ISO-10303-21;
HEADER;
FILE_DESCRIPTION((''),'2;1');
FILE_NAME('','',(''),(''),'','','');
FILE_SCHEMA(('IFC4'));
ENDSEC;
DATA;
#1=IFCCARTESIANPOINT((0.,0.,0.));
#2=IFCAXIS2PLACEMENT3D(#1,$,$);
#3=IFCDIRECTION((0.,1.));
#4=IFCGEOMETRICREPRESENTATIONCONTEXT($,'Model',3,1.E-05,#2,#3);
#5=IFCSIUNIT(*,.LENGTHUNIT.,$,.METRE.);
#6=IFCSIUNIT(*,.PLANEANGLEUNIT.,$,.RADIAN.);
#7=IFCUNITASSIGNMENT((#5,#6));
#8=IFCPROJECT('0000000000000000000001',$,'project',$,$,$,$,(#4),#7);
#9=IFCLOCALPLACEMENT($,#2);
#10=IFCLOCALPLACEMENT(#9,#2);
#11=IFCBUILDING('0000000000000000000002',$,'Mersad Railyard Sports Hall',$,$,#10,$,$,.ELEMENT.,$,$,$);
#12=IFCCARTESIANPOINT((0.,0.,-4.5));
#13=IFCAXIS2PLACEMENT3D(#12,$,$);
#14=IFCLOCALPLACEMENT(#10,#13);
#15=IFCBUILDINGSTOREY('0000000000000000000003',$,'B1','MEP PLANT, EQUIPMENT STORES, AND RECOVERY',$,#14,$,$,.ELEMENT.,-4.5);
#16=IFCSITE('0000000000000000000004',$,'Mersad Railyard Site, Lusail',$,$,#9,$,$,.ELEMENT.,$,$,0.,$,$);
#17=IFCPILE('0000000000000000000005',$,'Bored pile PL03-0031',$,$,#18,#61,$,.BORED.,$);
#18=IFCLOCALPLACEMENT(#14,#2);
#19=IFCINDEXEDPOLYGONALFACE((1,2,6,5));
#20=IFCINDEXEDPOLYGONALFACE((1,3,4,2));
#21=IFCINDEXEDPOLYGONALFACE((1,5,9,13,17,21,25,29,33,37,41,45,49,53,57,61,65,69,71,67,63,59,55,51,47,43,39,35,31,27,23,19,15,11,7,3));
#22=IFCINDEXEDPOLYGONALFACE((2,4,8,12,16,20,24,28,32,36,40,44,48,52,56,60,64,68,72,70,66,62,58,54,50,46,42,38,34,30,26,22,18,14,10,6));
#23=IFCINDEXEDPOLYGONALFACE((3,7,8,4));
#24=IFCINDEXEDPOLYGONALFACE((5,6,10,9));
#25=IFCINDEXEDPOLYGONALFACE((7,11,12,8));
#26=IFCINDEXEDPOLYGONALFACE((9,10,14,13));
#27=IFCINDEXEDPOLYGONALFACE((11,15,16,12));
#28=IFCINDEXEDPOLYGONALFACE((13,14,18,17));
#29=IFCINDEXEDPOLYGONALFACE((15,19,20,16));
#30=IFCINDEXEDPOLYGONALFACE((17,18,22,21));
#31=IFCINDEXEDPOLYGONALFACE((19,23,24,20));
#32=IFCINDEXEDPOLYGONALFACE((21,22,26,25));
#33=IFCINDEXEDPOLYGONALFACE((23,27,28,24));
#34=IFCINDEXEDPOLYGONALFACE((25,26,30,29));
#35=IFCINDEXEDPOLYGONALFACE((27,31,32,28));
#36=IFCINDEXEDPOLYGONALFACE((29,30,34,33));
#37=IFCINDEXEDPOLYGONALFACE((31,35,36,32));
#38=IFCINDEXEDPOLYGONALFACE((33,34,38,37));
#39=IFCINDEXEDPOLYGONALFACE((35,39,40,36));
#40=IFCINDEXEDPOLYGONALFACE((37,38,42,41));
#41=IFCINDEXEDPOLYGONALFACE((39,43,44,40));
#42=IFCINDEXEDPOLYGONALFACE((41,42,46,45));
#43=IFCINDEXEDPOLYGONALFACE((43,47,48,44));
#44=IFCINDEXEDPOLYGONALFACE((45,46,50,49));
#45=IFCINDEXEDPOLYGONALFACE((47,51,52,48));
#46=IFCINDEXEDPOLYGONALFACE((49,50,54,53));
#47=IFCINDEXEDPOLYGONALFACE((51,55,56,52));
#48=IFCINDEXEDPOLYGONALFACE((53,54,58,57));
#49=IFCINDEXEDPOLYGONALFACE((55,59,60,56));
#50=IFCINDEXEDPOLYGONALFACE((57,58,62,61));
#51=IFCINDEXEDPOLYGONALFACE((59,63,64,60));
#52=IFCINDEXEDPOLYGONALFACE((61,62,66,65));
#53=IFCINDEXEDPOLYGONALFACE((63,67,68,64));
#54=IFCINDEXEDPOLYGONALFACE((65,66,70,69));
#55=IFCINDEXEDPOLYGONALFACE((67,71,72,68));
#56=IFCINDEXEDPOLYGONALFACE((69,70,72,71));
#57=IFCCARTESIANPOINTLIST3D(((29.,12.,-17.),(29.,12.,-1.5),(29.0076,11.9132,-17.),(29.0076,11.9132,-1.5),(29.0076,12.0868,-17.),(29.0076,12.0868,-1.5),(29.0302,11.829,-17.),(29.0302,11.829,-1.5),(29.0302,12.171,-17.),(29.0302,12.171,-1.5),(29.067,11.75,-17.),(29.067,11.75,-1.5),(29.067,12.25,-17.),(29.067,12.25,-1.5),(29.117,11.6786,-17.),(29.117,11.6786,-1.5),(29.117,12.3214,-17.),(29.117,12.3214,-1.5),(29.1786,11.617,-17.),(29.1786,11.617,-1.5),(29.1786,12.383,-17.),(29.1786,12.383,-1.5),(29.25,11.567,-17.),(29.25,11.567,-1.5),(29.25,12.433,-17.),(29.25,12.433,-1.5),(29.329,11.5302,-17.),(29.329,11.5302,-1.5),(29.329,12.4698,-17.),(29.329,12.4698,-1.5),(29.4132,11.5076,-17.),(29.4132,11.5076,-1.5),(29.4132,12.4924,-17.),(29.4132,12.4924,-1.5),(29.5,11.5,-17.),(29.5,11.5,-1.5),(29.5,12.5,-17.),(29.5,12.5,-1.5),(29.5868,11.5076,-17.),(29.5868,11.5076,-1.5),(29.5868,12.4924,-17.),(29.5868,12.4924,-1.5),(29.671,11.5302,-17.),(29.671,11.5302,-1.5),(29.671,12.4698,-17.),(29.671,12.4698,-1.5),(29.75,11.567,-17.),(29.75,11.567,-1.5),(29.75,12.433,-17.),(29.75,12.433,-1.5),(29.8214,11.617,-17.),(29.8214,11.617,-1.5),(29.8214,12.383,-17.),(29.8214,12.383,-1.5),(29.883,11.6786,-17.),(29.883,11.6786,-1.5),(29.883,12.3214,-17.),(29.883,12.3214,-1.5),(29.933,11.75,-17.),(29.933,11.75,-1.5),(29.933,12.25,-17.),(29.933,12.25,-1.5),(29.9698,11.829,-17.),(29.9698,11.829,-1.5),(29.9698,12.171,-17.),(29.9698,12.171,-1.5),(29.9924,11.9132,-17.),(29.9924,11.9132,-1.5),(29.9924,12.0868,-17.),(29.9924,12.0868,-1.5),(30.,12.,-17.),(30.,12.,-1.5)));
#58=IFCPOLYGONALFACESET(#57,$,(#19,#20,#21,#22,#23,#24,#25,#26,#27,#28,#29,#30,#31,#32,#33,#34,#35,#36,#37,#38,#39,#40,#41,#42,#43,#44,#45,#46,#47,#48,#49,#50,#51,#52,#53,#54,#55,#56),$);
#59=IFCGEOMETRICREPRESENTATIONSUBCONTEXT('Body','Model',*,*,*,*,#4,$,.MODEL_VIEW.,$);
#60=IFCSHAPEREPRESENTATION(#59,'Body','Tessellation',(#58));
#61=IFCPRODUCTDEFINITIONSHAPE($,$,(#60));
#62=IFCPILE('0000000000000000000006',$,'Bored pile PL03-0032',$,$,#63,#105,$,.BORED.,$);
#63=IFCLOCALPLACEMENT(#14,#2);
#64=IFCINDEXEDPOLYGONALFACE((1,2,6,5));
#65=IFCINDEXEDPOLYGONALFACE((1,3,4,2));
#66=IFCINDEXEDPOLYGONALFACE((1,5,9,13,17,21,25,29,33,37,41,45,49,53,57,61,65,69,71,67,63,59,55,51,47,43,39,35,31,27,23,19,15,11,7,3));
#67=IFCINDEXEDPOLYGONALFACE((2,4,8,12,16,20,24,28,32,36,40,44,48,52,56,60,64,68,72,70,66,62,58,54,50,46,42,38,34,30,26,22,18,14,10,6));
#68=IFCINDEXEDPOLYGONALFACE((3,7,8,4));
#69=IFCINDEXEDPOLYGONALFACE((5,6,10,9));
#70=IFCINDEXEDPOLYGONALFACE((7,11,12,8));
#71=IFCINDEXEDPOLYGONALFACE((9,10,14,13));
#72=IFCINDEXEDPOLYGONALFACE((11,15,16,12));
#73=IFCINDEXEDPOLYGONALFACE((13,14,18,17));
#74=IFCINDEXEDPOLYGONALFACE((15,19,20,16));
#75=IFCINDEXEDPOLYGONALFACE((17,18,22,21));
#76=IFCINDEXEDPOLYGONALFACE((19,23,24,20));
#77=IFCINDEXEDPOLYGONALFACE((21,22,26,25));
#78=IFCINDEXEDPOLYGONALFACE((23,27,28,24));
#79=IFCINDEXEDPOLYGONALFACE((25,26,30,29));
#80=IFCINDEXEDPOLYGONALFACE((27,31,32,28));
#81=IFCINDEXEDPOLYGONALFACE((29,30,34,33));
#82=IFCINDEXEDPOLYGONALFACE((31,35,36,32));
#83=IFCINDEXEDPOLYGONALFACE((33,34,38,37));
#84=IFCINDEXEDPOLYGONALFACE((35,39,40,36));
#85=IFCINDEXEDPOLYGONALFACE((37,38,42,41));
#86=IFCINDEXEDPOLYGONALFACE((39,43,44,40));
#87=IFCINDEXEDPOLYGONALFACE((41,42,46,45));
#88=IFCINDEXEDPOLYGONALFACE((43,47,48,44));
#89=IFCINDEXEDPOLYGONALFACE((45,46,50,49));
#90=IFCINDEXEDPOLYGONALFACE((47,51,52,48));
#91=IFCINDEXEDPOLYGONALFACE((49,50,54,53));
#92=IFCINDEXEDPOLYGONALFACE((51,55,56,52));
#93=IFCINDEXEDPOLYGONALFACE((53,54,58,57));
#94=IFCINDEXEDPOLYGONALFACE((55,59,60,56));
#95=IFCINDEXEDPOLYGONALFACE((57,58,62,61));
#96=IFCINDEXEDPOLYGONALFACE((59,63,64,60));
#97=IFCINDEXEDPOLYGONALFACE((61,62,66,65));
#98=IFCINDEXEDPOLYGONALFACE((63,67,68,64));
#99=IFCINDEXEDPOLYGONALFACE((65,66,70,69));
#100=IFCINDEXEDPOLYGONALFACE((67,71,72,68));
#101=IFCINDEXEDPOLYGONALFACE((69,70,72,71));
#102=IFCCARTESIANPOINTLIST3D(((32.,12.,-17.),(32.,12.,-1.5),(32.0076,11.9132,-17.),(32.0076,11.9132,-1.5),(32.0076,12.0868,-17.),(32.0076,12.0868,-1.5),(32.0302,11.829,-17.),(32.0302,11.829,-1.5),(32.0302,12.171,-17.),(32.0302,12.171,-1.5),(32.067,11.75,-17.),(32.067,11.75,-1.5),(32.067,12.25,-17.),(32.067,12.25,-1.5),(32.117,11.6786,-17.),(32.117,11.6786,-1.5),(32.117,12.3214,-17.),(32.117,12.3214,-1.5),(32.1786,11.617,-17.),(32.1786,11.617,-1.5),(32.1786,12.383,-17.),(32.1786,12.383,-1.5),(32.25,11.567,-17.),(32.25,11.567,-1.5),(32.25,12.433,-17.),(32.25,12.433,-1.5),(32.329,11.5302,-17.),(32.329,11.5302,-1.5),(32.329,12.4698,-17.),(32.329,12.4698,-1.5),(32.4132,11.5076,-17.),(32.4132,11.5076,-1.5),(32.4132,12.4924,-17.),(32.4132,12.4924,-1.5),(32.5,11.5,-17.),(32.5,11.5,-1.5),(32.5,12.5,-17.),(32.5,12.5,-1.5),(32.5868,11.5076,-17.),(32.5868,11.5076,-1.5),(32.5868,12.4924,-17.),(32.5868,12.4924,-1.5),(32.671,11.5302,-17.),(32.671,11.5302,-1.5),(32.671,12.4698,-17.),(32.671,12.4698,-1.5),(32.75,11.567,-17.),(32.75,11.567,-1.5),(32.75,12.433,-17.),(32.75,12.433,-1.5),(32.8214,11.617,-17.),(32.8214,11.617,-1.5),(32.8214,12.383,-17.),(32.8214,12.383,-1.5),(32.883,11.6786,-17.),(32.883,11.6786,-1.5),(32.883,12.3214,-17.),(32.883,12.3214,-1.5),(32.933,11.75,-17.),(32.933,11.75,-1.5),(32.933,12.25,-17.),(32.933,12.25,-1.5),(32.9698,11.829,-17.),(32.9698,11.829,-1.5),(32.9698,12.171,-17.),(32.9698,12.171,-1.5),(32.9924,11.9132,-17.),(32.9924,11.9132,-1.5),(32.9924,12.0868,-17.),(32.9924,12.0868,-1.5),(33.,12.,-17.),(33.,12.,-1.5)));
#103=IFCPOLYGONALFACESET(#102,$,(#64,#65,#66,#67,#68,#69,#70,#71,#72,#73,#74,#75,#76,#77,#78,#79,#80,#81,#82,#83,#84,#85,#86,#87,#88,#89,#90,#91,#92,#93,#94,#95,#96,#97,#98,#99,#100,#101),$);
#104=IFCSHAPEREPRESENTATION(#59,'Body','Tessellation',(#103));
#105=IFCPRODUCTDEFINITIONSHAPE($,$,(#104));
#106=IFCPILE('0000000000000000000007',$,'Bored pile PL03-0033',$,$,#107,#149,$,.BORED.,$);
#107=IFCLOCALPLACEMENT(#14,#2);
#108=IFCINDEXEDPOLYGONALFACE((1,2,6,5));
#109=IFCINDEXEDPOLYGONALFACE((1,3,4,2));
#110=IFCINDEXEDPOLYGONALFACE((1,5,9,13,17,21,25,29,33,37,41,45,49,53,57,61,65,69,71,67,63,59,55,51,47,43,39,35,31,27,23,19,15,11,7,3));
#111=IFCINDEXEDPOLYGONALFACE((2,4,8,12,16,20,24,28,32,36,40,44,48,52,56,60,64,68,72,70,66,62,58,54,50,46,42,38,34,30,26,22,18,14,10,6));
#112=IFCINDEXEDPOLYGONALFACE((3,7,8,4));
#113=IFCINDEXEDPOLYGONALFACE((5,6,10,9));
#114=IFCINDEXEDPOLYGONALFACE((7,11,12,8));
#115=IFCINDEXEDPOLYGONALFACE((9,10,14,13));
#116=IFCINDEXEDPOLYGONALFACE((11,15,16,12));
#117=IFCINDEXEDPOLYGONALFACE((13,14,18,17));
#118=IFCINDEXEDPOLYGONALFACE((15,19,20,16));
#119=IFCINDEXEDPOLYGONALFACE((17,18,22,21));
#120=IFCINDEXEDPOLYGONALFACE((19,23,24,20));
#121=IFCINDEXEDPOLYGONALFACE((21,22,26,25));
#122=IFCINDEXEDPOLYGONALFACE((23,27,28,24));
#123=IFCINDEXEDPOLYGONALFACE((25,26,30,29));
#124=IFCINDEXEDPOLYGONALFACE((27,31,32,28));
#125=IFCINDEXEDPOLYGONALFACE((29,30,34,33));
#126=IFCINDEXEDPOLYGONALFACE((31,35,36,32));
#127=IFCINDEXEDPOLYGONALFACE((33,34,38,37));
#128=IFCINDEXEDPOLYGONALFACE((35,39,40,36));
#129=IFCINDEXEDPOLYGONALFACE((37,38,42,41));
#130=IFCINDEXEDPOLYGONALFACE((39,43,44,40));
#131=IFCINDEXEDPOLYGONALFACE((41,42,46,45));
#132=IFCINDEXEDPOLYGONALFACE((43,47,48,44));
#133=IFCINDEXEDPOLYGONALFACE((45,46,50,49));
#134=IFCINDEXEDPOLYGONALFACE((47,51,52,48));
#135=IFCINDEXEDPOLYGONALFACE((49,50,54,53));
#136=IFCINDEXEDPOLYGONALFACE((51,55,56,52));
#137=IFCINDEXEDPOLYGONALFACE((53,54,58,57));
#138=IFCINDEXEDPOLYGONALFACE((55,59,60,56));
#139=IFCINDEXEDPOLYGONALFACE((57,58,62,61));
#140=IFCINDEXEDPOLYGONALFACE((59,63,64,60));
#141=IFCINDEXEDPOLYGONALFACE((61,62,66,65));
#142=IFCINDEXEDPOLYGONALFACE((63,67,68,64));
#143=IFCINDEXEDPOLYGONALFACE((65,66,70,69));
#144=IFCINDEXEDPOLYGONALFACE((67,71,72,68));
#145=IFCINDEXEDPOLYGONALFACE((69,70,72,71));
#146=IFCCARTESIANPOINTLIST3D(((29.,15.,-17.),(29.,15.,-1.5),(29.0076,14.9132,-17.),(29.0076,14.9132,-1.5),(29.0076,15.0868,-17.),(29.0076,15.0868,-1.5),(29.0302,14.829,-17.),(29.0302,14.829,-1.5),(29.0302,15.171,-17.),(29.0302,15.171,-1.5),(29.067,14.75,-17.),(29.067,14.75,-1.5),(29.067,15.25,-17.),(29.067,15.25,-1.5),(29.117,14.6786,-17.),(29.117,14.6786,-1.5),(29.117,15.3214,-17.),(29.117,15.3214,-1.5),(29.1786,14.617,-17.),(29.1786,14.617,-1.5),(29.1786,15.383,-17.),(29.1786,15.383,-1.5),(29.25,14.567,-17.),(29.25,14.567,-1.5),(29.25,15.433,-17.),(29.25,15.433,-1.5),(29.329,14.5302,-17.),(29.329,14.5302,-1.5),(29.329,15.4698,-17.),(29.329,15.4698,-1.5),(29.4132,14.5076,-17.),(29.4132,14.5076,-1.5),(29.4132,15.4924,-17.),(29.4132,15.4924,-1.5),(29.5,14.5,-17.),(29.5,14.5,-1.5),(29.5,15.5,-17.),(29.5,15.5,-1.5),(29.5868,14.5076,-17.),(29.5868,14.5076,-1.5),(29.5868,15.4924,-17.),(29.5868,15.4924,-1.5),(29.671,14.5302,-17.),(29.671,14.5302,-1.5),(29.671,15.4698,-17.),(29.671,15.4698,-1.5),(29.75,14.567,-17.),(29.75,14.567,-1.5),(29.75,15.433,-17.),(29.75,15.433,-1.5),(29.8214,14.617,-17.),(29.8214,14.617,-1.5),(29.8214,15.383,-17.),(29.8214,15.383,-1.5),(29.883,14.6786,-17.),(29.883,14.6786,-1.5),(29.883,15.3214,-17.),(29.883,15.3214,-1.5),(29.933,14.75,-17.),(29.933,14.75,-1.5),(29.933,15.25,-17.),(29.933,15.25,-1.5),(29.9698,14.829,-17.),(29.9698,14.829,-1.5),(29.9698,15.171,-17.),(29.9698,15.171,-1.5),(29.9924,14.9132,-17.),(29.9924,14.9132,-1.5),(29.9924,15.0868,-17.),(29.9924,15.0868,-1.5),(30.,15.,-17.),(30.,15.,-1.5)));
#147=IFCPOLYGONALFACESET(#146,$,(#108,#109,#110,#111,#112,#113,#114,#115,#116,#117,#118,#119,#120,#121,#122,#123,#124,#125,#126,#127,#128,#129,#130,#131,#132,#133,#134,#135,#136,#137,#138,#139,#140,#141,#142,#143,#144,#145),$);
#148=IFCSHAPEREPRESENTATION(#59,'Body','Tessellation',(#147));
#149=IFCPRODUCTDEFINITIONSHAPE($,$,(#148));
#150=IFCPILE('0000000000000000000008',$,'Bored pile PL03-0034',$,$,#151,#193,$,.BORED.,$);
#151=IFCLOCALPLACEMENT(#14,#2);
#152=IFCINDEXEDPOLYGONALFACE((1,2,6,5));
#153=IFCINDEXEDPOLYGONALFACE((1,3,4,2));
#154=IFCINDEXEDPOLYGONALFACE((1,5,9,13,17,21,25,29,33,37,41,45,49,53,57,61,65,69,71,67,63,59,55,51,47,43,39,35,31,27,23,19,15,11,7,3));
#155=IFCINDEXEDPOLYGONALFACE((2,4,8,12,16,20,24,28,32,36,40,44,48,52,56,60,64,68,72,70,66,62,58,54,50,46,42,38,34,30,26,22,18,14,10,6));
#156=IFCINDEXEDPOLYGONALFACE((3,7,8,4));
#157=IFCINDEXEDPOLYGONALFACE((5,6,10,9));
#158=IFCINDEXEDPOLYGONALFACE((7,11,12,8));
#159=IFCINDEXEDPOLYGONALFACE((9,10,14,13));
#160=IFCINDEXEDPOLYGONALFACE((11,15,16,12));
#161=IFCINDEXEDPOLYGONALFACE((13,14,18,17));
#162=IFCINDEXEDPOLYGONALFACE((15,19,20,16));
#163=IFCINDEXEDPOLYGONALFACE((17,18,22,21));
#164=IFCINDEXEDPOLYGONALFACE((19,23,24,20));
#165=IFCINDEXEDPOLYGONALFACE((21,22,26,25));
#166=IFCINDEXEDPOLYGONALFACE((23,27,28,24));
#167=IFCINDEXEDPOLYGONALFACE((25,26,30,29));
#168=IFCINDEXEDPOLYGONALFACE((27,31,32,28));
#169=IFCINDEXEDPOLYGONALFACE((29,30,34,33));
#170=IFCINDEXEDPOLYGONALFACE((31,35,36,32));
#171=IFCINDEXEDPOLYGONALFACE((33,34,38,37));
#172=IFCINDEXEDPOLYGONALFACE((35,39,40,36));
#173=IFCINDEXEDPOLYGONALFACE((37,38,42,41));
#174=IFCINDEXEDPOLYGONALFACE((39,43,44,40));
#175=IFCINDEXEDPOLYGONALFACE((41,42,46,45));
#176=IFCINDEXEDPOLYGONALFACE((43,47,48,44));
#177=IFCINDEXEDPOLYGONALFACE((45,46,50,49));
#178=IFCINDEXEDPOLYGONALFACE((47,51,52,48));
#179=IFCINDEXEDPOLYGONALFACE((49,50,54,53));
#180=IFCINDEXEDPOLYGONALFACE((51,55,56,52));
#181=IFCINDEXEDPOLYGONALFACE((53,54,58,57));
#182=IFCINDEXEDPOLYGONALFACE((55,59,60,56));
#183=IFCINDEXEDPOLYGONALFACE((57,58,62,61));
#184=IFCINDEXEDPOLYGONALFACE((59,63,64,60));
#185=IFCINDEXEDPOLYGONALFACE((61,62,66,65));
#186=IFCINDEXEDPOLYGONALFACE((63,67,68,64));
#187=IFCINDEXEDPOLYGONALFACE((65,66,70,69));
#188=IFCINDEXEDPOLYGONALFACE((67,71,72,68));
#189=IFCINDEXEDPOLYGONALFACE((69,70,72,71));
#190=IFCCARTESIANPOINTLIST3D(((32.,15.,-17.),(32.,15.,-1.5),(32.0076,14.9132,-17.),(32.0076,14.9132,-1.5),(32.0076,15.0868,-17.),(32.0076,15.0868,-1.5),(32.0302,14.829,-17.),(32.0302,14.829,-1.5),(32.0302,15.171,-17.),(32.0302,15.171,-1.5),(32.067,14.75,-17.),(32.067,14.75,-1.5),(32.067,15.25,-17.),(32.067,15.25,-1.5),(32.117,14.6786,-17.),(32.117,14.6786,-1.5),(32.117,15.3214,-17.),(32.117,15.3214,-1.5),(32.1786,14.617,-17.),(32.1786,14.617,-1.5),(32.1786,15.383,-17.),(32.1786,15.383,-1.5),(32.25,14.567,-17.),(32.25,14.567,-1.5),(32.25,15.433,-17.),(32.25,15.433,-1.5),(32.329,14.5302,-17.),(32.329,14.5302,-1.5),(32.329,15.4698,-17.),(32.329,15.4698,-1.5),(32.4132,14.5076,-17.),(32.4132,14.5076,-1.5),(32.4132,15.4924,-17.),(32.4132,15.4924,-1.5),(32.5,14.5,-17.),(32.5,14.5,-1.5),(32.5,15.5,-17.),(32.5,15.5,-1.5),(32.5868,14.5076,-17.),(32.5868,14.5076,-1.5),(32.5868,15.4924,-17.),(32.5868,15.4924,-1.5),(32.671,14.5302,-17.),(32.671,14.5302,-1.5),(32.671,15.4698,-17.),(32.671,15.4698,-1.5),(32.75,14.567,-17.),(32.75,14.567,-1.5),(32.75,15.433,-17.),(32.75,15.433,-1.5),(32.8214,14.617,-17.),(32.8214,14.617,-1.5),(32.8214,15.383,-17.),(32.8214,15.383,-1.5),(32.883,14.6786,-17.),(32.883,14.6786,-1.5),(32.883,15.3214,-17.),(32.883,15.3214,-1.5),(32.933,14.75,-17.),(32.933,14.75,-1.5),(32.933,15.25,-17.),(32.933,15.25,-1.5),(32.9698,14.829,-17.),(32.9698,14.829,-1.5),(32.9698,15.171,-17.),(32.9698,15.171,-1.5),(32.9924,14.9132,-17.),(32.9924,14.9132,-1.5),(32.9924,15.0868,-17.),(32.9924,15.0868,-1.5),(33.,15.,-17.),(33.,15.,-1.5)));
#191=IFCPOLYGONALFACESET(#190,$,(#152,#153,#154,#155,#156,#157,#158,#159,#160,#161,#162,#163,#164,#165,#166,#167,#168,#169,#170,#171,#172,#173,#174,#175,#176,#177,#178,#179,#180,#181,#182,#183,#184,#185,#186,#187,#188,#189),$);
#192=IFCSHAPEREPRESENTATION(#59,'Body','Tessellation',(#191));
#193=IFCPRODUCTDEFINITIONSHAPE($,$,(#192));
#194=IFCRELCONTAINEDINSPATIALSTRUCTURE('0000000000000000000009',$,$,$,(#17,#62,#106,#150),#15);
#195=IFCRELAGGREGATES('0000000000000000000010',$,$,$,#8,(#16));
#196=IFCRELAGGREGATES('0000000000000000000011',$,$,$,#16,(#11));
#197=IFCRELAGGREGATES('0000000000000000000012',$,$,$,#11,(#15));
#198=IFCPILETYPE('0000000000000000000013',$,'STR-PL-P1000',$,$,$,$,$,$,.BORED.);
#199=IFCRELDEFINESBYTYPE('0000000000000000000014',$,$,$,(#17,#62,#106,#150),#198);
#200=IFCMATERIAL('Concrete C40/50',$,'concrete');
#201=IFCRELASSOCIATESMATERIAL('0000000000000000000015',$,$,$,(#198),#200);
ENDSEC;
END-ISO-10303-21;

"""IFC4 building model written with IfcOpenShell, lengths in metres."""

from ifc_helpers import new_model, si_unit, direction, frame, origin, origin_2d, place, context, subcontext, project, spatial, circle, extrude, material, material_profile, profile_set, type_object, element, save


model = new_model("IFC4")

# Units and contexts
model_context = context("Model", 3, precision=1e-05, world=origin(), true_north=direction((0.0, 1.0)))
body_context = subcontext(model_context, "Body", "Model", "MODEL_VIEW")
ifc_project = project(units=[si_unit("LENGTHUNIT", "METRE"), si_unit("PLANEANGLEUNIT", "RADIAN")], contexts=[model_context])

# Site, building, storey
site_placement = place(None, origin())
site = spatial("IfcSite", under=ifc_project, at=site_placement, Name="Mersad Railyard Site, Lusail", CompositionType="ELEMENT", RefElevation=0.0)
building_placement = place(site_placement, origin())
building = spatial("IfcBuilding", under=site, at=building_placement, Name="Mersad Railyard Sports Hall", CompositionType="ELEMENT")
storey_placement = place(building_placement, frame((0.0, 0.0, -4.5)))
storey = spatial("IfcBuildingStorey", under=building, at=storey_placement, Name="B1", Description="MEP PLANT, EQUIPMENT STORES, AND RECOVERY", CompositionType="ELEMENT", Elevation=-4.5)

# Shared definitions
ifc_material_1 = material(Name="Concrete C40/50", Category="concrete")

# Piles
ifc_material_profile_1 = material_profile(ifc_material_1, circle(Radius=0.5, at=origin_2d()), Name="BORED PILE D1000")
ifc_profile_set_1 = profile_set([ifc_material_profile_1], Name="Concrete C40/50")
pile_type_1 = type_object("IfcPileType", Name="STR-PL-P1000", PredefinedType="BORED", material=ifc_profile_set_1)
for number, where, z_axis, x_axis, name in (
    (1, (29.5, 12.0, -1.5), (0.0, 0.0, -1.0), (1.0, 0.0, 0.0), "Bored pile PL03-0031"),
    (2, (32.5, 12.0, -1.5), (0.0, 0.0, -1.0), (1.0, 0.0, 0.0), "Bored pile PL03-0032"),
    (3, (29.5, 15.0, -1.5), (0.0, 0.0, -1.0), (1.0, 0.0, 0.0), "Bored pile PL03-0033"),
    (4, (32.5, 15.0, -1.5), (0.0, 0.0, -1.0), (1.0, 0.0, 0.0), "Bored pile PL03-0034"),
):
    element("IfcPile", number, at=place(storey_placement, frame(where, z_axis=z_axis, x_axis=x_axis)), inside=storey, type_object=pile_type_1, Name=name, PredefinedType="BORED", context=body_context, shape_type="SweptSolid", body=[
        extrude(circle(Radius=0.5, at=origin_2d()), origin(), (0.0, 0.0, 1.0), 15.5),
    ])

save(model, "model.ifc")
